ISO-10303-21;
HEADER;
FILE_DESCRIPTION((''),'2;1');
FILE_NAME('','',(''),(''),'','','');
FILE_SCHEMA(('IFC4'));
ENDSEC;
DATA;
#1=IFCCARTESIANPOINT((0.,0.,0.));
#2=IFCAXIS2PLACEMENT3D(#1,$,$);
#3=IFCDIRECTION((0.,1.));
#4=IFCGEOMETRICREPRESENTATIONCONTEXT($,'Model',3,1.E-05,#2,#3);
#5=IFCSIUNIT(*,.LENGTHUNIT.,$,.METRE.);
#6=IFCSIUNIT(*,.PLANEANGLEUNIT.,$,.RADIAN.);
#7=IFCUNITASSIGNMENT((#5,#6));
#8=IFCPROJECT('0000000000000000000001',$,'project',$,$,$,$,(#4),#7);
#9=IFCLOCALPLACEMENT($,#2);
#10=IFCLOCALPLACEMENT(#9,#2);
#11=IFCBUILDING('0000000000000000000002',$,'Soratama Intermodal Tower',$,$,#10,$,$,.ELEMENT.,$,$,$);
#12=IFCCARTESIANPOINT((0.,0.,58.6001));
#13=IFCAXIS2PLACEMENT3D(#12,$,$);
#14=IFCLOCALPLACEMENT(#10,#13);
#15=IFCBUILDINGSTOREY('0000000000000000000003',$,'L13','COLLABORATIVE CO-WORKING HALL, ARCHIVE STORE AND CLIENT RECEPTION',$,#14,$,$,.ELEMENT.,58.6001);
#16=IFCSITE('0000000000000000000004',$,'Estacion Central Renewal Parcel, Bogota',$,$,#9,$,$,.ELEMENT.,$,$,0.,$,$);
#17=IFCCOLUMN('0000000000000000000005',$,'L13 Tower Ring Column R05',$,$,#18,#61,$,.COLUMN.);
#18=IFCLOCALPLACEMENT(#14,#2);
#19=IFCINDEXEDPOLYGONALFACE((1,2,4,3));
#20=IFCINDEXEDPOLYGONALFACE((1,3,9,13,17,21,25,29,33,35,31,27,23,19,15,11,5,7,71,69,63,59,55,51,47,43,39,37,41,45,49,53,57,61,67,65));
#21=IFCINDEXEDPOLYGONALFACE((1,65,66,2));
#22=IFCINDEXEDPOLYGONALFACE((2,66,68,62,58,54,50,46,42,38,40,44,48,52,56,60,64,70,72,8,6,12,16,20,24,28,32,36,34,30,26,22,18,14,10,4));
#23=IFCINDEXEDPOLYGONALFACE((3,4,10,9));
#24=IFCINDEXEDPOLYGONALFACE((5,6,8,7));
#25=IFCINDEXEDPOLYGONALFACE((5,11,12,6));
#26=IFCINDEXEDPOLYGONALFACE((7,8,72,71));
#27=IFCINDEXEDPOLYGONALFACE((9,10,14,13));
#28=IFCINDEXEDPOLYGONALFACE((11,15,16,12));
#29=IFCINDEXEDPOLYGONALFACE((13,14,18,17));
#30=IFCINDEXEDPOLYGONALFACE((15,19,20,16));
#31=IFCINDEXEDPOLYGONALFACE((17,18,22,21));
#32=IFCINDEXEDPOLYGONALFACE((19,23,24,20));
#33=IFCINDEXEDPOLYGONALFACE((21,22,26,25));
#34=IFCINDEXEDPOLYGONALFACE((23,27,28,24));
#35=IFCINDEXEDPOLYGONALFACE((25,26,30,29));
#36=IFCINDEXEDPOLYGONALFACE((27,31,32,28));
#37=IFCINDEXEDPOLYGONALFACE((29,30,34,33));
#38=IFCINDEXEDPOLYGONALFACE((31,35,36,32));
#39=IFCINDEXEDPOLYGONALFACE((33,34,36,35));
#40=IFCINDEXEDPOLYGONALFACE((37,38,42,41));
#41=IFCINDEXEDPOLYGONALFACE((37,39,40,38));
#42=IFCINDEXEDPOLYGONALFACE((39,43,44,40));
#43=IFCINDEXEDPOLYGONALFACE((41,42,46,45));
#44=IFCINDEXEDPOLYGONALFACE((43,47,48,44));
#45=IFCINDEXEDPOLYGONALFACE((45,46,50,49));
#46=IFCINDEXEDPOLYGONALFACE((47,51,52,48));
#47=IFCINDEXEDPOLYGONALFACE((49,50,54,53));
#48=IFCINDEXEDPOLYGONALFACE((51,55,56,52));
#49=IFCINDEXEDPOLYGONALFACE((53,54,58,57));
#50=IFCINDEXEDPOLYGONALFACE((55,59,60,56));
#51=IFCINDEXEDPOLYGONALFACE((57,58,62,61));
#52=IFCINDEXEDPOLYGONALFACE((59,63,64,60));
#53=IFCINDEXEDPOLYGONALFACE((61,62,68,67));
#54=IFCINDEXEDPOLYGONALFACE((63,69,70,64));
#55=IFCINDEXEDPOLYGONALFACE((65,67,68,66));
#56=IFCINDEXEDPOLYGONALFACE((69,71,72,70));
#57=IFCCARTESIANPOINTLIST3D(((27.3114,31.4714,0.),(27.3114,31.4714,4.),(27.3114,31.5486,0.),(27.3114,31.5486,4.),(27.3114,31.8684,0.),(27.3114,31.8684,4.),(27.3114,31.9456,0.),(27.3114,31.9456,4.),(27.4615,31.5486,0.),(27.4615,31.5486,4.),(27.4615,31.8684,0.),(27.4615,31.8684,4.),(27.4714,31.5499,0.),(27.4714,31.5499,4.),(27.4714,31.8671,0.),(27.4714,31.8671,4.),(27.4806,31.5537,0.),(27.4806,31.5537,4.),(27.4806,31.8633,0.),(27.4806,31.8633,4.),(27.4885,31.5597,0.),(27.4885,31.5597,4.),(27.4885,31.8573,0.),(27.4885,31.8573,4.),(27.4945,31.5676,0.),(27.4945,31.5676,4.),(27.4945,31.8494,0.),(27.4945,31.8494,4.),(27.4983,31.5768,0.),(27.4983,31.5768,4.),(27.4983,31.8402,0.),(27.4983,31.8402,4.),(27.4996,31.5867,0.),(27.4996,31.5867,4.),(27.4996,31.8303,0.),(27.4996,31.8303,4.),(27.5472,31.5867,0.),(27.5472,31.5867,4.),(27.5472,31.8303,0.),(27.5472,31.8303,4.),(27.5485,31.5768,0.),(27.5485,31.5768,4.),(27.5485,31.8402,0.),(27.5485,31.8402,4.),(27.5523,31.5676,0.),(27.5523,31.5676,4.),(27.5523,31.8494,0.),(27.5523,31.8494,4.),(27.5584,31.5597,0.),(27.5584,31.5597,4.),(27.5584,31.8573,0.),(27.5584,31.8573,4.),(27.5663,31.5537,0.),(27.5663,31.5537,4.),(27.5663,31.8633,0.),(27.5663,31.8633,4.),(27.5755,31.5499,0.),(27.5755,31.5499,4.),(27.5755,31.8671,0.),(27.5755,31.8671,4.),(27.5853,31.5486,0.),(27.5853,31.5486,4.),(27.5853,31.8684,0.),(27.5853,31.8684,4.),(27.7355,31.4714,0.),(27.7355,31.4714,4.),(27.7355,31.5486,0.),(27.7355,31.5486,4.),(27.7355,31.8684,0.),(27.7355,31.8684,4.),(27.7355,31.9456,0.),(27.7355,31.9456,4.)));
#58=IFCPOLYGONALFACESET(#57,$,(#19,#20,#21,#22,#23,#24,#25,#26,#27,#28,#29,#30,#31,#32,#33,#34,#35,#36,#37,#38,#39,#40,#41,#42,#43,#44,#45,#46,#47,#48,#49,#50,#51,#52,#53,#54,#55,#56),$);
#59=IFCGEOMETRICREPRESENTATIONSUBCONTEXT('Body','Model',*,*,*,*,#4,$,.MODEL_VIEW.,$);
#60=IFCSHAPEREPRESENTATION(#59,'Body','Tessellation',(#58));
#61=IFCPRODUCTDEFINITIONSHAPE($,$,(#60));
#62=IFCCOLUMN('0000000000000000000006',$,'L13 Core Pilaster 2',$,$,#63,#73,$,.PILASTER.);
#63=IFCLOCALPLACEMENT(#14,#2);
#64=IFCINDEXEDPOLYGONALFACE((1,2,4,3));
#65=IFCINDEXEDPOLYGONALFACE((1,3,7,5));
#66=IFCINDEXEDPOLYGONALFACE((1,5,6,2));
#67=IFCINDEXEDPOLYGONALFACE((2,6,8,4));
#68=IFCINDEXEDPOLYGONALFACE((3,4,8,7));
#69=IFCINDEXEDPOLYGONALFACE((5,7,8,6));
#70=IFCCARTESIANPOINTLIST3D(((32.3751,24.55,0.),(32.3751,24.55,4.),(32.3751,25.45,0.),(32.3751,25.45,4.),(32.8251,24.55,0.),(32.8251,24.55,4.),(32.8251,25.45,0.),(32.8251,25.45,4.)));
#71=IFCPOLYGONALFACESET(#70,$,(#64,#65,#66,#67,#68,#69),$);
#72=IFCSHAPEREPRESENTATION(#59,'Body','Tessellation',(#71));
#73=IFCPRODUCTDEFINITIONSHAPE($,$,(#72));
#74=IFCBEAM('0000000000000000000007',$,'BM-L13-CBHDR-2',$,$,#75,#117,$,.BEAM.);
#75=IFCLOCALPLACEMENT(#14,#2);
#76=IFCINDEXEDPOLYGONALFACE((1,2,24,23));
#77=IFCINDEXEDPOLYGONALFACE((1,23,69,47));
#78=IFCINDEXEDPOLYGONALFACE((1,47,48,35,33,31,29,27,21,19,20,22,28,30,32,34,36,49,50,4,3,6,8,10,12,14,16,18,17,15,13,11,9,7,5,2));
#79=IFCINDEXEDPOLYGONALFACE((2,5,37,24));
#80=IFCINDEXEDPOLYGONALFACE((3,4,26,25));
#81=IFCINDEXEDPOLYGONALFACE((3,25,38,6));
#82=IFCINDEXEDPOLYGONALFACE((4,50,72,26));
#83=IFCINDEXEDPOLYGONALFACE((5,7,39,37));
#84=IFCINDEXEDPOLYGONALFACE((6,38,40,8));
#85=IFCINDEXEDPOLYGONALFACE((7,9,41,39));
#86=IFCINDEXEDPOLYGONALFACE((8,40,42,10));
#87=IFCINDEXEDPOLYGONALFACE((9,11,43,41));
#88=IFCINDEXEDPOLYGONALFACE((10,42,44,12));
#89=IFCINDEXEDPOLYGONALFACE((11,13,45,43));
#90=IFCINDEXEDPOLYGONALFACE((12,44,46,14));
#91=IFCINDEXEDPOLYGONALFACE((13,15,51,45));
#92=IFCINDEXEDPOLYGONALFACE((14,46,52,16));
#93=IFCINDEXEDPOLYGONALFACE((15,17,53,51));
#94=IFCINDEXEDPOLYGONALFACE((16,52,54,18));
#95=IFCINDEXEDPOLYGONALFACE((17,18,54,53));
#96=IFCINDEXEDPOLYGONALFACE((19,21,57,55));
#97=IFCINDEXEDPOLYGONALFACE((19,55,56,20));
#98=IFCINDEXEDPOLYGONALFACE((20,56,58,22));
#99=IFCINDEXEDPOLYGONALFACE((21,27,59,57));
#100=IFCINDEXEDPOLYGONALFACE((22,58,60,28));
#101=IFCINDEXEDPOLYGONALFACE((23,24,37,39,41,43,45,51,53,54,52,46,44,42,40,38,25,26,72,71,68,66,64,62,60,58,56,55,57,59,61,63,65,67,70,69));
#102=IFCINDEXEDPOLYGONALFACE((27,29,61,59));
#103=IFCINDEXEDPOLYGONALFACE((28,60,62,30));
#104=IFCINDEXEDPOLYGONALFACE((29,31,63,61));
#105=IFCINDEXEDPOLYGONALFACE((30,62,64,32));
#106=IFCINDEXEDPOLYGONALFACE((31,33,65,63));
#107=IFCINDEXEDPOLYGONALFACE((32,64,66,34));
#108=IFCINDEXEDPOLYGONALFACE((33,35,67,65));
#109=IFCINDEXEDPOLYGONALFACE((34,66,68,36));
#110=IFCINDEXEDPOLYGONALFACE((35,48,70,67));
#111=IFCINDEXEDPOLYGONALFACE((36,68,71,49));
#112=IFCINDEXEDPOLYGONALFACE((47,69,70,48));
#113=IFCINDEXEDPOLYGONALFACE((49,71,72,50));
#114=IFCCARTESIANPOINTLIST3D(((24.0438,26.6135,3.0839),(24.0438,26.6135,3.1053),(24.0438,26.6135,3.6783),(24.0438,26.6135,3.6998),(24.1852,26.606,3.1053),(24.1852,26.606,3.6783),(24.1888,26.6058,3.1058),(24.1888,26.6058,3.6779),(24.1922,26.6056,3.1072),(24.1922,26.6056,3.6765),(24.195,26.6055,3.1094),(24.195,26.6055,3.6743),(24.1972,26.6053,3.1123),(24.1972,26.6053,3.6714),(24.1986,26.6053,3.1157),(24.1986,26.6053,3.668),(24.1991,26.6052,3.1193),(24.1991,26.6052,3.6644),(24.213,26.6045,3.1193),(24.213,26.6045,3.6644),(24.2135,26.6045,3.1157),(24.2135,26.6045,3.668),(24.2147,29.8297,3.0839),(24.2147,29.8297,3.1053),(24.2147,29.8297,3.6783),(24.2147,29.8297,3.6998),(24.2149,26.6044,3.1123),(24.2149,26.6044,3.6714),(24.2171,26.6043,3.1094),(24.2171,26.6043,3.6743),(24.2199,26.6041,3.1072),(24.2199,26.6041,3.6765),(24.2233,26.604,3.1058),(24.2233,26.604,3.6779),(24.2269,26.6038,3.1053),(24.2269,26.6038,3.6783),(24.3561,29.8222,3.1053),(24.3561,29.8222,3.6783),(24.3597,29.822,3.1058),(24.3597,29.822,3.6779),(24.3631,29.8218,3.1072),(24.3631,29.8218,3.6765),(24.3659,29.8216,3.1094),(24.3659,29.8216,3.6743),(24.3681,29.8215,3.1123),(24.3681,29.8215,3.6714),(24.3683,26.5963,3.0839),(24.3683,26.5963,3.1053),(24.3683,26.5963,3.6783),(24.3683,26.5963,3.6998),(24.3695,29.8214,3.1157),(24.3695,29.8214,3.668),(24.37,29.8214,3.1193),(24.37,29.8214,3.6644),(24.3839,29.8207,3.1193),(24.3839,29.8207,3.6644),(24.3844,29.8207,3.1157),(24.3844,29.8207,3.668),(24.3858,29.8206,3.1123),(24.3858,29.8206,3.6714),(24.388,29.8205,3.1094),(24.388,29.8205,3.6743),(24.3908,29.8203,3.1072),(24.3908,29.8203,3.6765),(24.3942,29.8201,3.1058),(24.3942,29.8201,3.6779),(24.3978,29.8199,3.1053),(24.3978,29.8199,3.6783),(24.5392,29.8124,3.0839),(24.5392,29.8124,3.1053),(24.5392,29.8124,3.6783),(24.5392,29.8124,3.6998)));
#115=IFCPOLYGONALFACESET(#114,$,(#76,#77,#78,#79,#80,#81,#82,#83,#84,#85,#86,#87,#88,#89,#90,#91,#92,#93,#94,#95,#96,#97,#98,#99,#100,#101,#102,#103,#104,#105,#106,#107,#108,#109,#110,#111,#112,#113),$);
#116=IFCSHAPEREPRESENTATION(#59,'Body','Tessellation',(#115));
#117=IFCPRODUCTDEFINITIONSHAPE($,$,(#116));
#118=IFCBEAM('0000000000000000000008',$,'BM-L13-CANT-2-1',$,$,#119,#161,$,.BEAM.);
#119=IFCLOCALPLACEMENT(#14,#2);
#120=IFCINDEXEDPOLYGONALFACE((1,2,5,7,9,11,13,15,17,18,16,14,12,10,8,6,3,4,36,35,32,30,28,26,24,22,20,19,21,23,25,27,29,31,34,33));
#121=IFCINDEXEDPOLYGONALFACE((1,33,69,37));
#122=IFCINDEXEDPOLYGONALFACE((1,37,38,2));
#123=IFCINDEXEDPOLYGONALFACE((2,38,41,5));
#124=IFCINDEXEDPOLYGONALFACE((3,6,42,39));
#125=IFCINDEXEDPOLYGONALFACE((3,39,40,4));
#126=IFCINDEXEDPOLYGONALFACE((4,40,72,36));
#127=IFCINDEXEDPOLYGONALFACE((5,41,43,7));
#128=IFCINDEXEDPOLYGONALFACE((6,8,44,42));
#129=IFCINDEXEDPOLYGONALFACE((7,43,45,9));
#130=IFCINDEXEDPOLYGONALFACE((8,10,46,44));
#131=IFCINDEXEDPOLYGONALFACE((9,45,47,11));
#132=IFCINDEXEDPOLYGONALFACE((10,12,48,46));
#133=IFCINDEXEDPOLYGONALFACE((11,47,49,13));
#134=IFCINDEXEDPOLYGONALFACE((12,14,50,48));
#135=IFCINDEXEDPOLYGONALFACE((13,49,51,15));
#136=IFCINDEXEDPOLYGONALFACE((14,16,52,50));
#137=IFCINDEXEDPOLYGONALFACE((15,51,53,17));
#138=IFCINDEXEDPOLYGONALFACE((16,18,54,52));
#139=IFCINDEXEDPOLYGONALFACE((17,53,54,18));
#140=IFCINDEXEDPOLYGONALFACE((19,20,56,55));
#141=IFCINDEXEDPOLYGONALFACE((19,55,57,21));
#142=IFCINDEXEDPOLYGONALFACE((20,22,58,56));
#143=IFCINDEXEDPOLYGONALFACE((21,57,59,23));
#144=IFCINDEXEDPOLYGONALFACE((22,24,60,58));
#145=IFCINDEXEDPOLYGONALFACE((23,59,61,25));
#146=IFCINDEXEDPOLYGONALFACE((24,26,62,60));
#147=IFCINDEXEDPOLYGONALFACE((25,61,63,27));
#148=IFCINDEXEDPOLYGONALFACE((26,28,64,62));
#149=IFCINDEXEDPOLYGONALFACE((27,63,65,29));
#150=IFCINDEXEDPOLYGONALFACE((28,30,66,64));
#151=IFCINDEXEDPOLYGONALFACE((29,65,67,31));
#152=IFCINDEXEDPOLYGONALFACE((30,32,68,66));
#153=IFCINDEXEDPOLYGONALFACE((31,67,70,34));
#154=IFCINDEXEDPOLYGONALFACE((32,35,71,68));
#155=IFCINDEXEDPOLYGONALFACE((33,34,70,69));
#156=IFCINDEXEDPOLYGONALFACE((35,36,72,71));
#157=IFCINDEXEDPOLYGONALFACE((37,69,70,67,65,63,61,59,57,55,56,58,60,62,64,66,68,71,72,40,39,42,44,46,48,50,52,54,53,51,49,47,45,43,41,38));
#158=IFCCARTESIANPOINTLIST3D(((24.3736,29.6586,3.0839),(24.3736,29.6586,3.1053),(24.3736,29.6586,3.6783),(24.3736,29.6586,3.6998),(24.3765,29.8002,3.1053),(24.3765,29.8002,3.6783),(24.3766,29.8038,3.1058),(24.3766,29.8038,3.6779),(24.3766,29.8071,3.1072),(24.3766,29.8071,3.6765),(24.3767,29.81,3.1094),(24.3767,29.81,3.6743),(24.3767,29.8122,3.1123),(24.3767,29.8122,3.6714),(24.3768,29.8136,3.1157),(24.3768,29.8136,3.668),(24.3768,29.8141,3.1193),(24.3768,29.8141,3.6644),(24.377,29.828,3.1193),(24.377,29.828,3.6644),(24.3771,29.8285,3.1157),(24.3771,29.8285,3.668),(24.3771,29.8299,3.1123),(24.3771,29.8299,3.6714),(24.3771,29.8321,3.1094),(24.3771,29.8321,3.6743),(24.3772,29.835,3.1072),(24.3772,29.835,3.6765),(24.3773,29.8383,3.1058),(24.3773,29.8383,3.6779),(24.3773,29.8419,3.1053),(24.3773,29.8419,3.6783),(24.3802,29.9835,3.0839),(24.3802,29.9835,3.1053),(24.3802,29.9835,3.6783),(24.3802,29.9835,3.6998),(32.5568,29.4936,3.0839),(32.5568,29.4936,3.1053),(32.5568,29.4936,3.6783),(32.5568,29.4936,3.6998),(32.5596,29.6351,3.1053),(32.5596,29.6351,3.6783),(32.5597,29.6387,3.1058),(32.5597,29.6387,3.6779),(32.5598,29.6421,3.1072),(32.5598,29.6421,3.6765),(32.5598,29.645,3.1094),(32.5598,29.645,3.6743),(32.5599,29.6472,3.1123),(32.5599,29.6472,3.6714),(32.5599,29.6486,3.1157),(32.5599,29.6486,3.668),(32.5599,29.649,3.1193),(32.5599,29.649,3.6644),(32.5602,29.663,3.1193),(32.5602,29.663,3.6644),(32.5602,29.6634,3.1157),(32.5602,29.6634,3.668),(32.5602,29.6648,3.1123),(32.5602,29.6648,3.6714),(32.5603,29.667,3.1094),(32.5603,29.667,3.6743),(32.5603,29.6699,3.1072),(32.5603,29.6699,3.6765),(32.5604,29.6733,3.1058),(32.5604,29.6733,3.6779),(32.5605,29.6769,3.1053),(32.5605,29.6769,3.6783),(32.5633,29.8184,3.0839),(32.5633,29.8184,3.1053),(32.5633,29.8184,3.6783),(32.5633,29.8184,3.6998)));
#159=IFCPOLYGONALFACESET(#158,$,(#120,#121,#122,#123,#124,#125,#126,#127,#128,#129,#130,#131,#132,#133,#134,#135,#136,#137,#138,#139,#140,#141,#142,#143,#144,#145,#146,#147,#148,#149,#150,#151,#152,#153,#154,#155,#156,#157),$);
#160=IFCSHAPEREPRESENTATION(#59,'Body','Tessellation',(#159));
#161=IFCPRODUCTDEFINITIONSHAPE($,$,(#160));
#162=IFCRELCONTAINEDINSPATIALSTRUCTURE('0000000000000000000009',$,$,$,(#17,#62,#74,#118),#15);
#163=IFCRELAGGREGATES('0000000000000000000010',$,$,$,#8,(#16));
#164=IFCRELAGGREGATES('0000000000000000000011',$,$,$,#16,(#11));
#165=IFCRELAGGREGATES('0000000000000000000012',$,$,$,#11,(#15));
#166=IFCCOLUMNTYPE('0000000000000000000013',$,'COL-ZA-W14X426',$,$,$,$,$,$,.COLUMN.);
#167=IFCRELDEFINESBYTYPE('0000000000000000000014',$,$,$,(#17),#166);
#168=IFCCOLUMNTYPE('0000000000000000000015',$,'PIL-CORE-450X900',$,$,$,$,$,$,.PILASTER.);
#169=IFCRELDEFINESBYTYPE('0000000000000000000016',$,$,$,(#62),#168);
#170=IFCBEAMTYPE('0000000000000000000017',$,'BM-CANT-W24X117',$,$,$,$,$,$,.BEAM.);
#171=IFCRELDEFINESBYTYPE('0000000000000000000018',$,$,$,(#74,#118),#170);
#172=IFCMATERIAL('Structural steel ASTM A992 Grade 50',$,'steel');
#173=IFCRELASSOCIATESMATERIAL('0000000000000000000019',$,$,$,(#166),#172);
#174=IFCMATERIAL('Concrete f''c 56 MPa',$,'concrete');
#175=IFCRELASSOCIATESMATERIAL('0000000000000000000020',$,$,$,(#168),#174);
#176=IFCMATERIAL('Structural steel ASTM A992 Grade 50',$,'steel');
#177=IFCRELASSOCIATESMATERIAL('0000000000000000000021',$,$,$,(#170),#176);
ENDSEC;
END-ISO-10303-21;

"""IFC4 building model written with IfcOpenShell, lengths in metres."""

from ifc_helpers import new_model, si_unit, direction, frame, origin, origin_2d, place, context, subcontext, project, spatial, rectangle, i_section, extrude, material, material_profile, profile_set, type_object, element, save


model = new_model("IFC4")

# Units and contexts
model_context = context("Model", 3, precision=1e-05, world=origin(), true_north=direction((0.0, 1.0)))
body_context = subcontext(model_context, "Body", "Model", "MODEL_VIEW")
ifc_project = project(units=[si_unit("LENGTHUNIT", "METRE"), si_unit("PLANEANGLEUNIT", "RADIAN")], contexts=[model_context])

# Site, building, storey
site_placement = place(None, origin())
site = spatial("IfcSite", under=ifc_project, at=site_placement, Name="Estacion Central Renewal Parcel, Bogota", CompositionType="ELEMENT", RefElevation=0.0)
building_placement = place(site_placement, origin())
building = spatial("IfcBuilding", under=site, at=building_placement, Name="Soratama Intermodal Tower", CompositionType="ELEMENT")
storey_placement = place(building_placement, frame((0.0, 0.0, 58.6001)))
storey = spatial("IfcBuildingStorey", under=building, at=storey_placement, Name="L13", Description="COLLABORATIVE CO-WORKING HALL, ARCHIVE STORE AND CLIENT RECEPTION", CompositionType="ELEMENT", Elevation=58.6001)

# Columns
ifc_material_1 = material(Name="Structural steel ASTM A992 Grade 50", Category="steel")
ifc_material_profile_1 = material_profile(ifc_material_1, i_section(OverallWidth=0.4241, OverallDepth=0.4741, WebThickness=0.0476, FlangeThickness=0.0771, FilletRadius=0.0381, at=origin_2d()), Name="W14X426")
ifc_profile_set_1 = profile_set([ifc_material_profile_1], Name="Structural steel ASTM A992 Grade 50")
column_type_1 = type_object("IfcColumnType", Name="COL-ZA-W14X426", PredefinedType="COLUMN", material=ifc_profile_set_1)
column_1_placement = place(storey_placement, frame((27.5234, 31.7085, 0.0), z_axis=(0.0, 0.0, 1.0), x_axis=(1.0, 0.0, 0.0)))
element("IfcColumn", 1, at=column_1_placement, inside=storey, type_object=column_type_1, Name="L13 Tower Ring Column R05", PredefinedType="COLUMN", context=body_context, shape_type="SweptSolid", body=[
    extrude(i_section(OverallWidth=0.4241, OverallDepth=0.4741, WebThickness=0.0476, FlangeThickness=0.0771, FilletRadius=0.0381, at=origin_2d()), origin(), (0.0, 0.0, 1.0), 4.0),
])
ifc_material_2 = material(Name="Concrete f'c 56 MPa", Category="concrete")
ifc_material_profile_2 = material_profile(ifc_material_2, rectangle(XDim=0.45, YDim=0.8999, at=origin_2d()), Name="RC450X900")
ifc_profile_set_2 = profile_set([ifc_material_profile_2], Name="Concrete f'c 56 MPa")
column_type_2 = type_object("IfcColumnType", Name="PIL-CORE-450X900", PredefinedType="PILASTER", material=ifc_profile_set_2)
column_2_placement = place(storey_placement, frame((32.6001, 25.0, 0.0), z_axis=(0.0, 0.0, 1.0), x_axis=(1.0, 0.0, 0.0)))
element("IfcColumn", 2, at=column_2_placement, inside=storey, type_object=column_type_2, Name="L13 Core Pilaster 2", PredefinedType="PILASTER", context=body_context, shape_type="SweptSolid", body=[
    extrude(rectangle(XDim=0.45, YDim=0.8999, at=origin_2d()), origin(), (0.0, 0.0, 1.0), 4.0),
])

# Beams
ifc_material_3 = material(Name="Structural steel ASTM A992 Grade 50", Category="steel")
ifc_material_profile_3 = material_profile(ifc_material_3, i_section(OverallWidth=0.325, OverallDepth=0.616, WebThickness=0.0139, FlangeThickness=0.0215, FilletRadius=0.0139, at=origin_2d()), Name="W24X117")
ifc_profile_set_3 = profile_set([ifc_material_profile_3], Name="Structural steel ASTM A992 Grade 50")
beam_type_1 = type_object("IfcBeamType", Name="BM-CANT-W24X117", PredefinedType="BEAM", material=ifc_profile_set_3)
beam_1_placement = place(storey_placement, frame((24.377, 29.821, 3.3918), z_axis=(-0.053064, -0.998591, 0.0), x_axis=(0.998591, -0.053064, 0.0)))
element("IfcBeam", 3, at=beam_1_placement, inside=storey, type_object=beam_type_1, Name="BM-L13-CBHDR-2", PredefinedType="BEAM", context=body_context, shape_type="SweptSolid", body=[
    extrude(i_section(OverallWidth=0.325, OverallDepth=0.616, WebThickness=0.0139, FlangeThickness=0.0215, FilletRadius=0.0139, at=origin_2d()), origin(), (0.0, 0.0, 1.0), 3.2207),
])
beam_2_placement = place(storey_placement, frame((32.5601, 29.656, 3.3918), z_axis=(-0.999797, 0.020164, 0.0), x_axis=(-0.020164, -0.999797, 0.0)))
element("IfcBeam", 4, at=beam_2_placement, inside=storey, type_object=beam_type_1, Name="BM-L13-CANT-2-1", PredefinedType="BEAM", context=body_context, shape_type="SweptSolid", body=[
    extrude(i_section(OverallWidth=0.325, OverallDepth=0.616, WebThickness=0.0139, FlangeThickness=0.0215, FilletRadius=0.0139, at=origin_2d()), origin(), (0.0, 0.0, 1.0), 8.1848),
])

save(model, "model.ifc")
